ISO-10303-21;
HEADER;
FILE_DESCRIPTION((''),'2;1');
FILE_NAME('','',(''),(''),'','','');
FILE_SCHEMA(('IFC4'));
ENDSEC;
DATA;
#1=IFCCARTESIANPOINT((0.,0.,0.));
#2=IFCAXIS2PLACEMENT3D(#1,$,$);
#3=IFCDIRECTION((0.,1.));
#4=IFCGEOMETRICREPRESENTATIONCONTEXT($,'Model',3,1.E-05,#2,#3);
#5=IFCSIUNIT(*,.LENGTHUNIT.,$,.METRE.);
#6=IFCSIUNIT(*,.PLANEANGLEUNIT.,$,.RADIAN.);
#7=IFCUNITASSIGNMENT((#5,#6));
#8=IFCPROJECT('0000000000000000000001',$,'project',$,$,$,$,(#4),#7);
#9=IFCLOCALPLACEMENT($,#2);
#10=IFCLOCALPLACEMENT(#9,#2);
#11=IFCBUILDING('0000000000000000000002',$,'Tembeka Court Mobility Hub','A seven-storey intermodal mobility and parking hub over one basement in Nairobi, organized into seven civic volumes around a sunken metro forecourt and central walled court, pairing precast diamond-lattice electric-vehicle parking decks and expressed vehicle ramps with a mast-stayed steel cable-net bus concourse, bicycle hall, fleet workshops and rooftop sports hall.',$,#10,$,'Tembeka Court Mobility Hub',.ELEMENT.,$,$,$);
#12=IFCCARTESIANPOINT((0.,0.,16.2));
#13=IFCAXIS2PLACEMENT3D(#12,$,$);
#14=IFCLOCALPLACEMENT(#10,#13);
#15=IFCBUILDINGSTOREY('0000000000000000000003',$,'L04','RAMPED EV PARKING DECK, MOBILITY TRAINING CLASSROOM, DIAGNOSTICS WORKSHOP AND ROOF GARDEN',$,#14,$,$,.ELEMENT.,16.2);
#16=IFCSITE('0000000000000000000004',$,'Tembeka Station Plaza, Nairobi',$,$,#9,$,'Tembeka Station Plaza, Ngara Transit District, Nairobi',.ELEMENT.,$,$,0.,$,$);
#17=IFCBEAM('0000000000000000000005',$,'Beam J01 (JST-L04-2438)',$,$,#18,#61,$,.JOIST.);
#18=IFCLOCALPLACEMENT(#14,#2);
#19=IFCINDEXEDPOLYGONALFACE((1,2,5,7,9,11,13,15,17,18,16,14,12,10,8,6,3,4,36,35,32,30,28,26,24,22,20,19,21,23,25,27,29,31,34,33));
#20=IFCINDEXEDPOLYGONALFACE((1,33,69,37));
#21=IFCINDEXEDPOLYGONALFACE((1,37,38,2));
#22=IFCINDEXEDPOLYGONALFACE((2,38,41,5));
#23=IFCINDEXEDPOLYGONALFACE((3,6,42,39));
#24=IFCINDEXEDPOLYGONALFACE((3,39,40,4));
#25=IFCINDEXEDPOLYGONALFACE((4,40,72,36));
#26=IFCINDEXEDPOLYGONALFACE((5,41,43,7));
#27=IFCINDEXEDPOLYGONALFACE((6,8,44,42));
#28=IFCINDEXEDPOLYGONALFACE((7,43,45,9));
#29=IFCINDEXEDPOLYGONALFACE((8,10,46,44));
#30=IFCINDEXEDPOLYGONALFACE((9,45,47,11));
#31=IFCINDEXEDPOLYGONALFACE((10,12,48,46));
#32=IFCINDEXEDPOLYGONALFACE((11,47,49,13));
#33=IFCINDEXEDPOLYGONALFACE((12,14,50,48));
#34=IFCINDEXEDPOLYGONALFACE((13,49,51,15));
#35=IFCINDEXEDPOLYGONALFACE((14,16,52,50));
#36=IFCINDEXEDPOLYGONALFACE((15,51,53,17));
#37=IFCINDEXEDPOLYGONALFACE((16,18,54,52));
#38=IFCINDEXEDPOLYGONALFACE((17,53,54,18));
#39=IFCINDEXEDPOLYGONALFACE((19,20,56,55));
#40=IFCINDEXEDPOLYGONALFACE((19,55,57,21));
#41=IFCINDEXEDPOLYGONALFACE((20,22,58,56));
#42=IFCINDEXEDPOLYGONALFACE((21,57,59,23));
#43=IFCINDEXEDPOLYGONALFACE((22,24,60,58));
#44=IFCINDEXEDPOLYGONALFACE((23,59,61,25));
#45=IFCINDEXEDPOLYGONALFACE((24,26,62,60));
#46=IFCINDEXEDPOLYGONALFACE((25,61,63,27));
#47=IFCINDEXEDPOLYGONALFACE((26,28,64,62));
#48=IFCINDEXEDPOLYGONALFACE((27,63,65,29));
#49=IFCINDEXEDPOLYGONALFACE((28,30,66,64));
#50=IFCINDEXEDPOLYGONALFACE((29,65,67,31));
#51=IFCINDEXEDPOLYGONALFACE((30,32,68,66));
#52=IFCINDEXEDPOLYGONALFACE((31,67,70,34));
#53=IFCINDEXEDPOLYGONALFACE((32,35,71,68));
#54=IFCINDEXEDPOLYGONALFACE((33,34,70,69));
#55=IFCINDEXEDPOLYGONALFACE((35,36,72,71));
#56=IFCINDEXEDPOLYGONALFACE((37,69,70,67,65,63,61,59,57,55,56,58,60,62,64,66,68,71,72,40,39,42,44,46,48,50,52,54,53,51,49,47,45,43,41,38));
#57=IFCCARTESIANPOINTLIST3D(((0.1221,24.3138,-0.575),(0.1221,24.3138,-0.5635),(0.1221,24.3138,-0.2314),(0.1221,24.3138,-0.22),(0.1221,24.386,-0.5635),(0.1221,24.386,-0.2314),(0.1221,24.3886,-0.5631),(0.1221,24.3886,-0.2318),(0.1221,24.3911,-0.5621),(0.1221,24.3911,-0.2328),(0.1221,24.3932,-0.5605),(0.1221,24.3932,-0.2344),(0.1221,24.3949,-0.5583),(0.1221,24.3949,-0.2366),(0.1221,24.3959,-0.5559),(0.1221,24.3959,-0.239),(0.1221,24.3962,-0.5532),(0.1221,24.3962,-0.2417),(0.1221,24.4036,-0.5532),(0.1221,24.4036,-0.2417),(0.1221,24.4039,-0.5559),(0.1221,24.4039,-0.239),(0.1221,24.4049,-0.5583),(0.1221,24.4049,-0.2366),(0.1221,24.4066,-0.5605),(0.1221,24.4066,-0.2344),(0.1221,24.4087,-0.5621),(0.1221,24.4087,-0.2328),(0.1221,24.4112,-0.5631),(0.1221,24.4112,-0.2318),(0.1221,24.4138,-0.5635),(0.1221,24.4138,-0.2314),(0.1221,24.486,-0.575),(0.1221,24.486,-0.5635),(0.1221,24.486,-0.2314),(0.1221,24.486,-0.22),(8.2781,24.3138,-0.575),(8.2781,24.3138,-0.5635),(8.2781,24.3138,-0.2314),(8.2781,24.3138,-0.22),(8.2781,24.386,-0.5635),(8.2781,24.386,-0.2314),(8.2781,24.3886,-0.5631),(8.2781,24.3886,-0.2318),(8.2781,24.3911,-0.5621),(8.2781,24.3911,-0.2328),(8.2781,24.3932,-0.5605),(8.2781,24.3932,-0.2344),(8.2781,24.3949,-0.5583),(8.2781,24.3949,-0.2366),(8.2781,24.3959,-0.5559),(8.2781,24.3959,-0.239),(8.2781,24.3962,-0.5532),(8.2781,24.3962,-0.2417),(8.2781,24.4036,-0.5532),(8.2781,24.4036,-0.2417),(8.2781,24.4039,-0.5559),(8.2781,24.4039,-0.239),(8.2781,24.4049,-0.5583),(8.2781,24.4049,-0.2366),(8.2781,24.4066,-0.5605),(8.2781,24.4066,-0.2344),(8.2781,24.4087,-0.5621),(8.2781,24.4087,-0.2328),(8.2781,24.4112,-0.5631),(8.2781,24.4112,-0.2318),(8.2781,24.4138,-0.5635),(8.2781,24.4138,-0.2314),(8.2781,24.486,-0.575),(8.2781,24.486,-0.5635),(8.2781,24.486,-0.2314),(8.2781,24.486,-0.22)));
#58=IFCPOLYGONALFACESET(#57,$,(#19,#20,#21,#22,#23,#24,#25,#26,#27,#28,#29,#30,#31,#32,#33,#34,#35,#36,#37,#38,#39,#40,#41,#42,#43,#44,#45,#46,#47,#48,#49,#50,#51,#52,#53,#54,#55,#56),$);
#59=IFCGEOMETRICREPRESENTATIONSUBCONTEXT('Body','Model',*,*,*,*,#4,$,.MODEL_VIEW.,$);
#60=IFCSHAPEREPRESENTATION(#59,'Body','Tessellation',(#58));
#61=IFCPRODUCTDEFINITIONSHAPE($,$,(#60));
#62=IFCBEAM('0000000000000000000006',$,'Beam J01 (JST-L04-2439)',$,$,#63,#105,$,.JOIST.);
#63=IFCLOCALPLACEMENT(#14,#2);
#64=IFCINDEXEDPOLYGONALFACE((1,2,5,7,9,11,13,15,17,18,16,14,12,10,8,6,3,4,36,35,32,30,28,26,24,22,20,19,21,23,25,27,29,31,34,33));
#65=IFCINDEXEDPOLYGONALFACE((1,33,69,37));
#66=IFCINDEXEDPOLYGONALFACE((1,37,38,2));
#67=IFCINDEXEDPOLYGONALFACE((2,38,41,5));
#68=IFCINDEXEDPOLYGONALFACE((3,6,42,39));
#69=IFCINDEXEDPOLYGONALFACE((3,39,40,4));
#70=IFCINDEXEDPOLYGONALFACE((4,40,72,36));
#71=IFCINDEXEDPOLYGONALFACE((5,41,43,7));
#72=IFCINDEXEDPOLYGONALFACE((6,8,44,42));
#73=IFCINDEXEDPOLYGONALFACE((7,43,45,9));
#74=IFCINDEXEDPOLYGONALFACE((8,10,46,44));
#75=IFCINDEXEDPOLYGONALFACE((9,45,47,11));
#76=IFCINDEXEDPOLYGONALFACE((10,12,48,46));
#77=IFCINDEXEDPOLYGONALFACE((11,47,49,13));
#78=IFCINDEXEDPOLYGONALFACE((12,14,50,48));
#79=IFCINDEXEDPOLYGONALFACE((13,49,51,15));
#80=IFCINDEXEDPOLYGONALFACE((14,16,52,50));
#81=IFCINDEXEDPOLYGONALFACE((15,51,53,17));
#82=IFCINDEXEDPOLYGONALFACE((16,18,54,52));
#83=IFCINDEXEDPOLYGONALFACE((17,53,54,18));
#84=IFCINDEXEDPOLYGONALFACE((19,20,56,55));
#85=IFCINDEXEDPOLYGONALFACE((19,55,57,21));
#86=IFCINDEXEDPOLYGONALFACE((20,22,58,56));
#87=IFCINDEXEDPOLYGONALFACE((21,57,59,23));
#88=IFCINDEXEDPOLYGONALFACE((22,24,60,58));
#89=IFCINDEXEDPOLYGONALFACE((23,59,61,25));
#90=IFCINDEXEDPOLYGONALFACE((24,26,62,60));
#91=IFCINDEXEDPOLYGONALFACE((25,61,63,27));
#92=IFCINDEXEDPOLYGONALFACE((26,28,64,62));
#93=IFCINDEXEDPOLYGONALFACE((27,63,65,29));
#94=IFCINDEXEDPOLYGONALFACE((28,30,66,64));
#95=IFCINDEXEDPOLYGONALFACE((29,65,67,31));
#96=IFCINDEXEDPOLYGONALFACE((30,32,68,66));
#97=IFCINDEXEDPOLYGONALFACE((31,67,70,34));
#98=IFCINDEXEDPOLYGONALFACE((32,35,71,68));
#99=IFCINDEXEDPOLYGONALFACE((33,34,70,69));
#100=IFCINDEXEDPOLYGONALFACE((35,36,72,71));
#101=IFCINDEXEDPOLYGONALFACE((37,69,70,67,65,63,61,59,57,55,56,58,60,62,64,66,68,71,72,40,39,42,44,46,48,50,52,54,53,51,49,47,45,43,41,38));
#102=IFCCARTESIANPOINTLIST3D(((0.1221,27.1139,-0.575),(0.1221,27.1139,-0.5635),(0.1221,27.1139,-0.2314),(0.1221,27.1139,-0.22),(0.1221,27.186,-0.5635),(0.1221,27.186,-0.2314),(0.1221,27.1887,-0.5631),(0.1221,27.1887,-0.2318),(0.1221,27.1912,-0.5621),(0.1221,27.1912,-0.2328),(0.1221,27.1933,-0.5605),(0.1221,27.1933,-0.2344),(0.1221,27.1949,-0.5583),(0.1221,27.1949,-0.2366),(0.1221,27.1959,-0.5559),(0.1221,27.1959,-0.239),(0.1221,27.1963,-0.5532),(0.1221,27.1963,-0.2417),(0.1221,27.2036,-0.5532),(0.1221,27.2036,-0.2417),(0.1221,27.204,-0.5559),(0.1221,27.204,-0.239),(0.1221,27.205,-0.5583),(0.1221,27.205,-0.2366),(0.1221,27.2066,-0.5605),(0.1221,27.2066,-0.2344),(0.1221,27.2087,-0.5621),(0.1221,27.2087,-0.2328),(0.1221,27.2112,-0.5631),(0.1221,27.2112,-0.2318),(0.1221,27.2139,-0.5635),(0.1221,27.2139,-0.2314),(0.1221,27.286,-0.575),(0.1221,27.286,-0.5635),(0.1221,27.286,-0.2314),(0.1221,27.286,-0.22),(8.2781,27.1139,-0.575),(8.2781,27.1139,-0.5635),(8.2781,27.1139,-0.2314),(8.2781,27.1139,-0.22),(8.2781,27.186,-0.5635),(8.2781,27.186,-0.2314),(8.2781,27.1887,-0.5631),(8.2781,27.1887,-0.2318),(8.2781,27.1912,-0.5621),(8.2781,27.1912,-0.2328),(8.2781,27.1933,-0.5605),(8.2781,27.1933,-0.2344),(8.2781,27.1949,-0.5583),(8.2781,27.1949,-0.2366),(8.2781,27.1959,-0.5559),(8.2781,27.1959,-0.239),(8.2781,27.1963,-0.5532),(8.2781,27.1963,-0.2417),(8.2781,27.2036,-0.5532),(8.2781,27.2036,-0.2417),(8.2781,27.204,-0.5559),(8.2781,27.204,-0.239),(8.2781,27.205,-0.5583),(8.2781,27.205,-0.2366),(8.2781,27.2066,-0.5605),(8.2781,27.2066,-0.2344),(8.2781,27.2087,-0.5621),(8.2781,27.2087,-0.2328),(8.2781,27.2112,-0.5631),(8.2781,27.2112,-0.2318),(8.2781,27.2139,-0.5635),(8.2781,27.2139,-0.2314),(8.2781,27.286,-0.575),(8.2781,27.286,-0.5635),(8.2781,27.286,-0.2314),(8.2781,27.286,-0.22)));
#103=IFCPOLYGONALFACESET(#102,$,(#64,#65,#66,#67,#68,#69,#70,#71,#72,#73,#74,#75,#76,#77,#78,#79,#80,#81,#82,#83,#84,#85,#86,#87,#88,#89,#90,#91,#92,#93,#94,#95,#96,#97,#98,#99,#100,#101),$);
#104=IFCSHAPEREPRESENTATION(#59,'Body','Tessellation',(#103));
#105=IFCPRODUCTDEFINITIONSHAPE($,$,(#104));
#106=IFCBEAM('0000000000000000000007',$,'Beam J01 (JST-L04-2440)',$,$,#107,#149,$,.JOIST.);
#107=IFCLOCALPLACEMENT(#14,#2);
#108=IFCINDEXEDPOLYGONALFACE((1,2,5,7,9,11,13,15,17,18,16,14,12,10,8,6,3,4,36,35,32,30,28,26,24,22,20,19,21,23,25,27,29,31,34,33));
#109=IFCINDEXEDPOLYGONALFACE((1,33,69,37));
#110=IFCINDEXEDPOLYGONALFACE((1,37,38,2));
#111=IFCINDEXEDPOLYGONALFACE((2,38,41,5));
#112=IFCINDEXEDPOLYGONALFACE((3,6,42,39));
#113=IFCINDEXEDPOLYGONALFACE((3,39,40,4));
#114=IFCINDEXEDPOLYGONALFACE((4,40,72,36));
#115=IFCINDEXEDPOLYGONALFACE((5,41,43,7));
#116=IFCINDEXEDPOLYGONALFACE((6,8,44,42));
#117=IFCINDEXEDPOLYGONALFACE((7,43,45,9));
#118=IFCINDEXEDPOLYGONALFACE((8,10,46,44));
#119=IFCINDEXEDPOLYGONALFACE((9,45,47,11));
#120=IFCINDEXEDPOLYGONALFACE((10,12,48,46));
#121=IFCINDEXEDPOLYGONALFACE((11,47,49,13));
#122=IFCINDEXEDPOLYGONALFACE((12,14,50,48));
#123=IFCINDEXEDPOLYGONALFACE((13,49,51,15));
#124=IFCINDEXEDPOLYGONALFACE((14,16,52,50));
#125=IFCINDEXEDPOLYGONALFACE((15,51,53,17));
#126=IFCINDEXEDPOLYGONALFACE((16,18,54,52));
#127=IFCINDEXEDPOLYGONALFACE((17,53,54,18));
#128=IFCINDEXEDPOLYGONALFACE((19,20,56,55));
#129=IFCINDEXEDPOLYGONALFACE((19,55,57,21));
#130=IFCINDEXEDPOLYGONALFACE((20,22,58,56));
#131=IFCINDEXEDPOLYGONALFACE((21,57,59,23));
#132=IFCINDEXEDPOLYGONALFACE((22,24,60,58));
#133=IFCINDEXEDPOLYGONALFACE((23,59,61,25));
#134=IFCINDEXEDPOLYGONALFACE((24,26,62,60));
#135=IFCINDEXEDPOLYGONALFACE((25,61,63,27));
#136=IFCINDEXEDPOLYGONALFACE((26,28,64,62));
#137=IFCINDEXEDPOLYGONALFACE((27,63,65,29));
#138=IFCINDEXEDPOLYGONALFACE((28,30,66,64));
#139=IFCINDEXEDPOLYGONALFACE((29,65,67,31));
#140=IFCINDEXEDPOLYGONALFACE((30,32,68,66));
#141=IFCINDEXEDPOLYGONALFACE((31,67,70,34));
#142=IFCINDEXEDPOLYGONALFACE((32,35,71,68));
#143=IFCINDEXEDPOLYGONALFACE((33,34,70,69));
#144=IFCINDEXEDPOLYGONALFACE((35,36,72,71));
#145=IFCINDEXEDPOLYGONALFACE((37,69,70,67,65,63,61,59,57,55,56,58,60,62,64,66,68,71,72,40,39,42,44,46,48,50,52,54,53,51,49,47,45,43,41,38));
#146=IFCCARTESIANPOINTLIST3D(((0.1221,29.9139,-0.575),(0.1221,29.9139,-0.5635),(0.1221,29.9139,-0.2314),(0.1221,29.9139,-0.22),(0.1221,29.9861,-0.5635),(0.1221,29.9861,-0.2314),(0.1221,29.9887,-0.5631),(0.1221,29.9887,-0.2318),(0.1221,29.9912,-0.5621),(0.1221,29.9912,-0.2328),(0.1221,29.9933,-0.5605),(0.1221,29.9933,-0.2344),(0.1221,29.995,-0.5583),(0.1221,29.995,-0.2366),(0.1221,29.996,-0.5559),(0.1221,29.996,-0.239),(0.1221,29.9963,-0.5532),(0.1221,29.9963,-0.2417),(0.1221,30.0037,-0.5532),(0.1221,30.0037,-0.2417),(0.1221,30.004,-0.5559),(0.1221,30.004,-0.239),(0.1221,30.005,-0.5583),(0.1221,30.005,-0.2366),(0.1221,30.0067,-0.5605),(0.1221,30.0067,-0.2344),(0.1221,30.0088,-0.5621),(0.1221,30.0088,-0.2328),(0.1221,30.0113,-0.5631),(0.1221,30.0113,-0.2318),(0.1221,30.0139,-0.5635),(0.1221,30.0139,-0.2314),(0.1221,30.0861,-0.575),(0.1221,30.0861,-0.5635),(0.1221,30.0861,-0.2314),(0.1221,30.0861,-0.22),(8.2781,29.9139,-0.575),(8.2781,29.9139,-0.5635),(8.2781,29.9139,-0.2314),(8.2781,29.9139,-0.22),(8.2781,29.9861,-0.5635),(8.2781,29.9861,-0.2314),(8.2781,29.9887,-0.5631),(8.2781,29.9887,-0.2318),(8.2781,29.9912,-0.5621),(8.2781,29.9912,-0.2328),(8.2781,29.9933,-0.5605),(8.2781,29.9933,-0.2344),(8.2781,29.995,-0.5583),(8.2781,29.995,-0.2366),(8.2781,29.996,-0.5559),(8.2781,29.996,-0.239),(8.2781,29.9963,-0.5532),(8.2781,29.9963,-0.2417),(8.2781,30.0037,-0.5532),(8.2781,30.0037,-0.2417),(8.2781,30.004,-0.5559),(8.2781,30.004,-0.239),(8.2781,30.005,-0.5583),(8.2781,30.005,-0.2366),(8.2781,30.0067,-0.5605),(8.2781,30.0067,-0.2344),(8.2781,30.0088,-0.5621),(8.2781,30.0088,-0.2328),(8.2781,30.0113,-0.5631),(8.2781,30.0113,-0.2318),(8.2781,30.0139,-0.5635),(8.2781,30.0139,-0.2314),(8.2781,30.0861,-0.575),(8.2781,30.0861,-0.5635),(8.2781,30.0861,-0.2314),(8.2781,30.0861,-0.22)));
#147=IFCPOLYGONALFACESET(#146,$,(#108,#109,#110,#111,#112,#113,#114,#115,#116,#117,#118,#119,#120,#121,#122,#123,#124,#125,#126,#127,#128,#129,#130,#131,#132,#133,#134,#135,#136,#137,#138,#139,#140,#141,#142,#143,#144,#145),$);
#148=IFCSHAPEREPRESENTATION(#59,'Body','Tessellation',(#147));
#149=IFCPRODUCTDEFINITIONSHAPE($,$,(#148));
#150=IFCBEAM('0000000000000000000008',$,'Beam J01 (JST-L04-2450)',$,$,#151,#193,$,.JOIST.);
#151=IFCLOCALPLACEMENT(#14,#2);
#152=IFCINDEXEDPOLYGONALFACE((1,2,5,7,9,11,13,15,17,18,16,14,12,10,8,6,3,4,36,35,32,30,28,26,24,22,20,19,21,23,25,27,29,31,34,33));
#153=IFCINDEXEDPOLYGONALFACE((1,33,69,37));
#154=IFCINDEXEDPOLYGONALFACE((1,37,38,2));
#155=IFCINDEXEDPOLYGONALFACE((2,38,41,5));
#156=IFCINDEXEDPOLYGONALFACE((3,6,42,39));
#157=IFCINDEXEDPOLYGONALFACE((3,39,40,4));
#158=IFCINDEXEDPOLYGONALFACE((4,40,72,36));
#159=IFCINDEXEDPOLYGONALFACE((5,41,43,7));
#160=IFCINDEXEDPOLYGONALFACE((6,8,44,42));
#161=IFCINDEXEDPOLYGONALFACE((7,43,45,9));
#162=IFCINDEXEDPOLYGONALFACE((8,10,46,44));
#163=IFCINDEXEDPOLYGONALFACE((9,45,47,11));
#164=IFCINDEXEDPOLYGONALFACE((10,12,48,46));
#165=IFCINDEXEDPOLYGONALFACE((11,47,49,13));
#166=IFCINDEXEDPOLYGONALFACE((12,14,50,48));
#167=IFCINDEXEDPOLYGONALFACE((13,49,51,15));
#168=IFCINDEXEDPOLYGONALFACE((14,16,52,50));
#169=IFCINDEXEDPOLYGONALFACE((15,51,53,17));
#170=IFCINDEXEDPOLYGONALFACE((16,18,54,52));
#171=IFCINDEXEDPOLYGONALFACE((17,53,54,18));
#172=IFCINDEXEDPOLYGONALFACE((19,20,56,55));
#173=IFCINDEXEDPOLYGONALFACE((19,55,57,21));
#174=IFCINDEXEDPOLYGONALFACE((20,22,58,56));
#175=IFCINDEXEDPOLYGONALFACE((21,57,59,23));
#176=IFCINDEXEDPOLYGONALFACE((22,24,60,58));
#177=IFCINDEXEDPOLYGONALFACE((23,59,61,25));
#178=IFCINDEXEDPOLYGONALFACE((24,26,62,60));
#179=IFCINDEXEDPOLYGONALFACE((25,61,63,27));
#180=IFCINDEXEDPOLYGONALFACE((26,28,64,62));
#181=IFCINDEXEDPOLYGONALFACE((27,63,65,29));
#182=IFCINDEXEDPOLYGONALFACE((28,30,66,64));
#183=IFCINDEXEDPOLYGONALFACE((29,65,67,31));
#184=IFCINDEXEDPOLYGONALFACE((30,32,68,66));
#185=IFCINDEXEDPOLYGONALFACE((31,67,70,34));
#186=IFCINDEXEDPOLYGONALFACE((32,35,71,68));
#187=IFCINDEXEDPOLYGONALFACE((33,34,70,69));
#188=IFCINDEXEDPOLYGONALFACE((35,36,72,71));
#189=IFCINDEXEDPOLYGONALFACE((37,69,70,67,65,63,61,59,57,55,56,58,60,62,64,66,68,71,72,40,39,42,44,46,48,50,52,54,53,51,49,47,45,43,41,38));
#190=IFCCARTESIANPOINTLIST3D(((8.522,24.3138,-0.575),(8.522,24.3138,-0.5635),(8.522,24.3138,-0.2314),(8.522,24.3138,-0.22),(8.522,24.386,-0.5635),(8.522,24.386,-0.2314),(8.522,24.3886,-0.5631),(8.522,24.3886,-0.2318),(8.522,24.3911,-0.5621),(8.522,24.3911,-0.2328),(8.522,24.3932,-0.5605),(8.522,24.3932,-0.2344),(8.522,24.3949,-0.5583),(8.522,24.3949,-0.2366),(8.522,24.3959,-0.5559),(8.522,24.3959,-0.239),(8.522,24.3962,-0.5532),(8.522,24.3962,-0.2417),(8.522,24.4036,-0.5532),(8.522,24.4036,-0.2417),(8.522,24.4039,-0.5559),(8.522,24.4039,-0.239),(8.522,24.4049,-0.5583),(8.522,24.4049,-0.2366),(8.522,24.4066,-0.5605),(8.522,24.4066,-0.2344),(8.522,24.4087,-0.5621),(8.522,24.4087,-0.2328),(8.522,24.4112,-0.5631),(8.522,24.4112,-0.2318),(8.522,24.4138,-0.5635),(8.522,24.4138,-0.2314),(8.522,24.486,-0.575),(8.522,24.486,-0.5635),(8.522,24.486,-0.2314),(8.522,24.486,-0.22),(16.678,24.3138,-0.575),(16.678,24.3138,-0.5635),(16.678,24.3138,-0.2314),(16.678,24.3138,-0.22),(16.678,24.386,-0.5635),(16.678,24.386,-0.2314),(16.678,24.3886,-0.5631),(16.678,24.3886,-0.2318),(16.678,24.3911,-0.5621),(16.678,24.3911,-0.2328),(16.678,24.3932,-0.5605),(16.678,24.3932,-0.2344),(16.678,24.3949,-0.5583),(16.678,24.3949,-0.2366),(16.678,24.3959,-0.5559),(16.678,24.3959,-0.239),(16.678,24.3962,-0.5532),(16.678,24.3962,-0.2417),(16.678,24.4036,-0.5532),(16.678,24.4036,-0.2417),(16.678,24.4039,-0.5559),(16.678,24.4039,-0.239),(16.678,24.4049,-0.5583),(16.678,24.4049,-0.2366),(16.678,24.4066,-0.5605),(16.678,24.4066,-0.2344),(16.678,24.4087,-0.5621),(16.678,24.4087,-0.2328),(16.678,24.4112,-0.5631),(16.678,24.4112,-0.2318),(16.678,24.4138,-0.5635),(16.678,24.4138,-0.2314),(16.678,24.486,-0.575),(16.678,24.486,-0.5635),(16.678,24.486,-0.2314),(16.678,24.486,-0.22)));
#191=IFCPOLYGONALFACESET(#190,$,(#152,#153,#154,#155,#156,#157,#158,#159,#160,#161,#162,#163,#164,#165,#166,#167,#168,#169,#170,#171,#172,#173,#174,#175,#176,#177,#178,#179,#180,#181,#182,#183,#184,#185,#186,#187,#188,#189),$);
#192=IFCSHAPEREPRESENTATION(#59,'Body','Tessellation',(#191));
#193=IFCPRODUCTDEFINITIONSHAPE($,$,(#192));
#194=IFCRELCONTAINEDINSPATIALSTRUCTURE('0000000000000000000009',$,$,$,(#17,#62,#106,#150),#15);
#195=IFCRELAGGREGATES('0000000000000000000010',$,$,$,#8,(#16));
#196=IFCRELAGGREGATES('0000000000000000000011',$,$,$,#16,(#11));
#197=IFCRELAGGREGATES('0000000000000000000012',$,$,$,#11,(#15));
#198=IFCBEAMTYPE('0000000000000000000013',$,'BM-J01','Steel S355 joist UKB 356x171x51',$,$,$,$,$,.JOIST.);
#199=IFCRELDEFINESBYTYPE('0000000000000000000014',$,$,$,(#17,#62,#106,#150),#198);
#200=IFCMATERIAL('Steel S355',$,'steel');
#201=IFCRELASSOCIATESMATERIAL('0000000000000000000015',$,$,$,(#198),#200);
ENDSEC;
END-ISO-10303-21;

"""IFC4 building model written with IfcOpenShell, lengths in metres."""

from ifc_helpers import new_model, si_unit, direction, frame, origin, origin_2d, place, context, subcontext, project, spatial, i_section, extrude, material, material_profile, profile_set, type_object, element, save


model = new_model("IFC4")

# Units and contexts
model_context = context("Model", 3, precision=1e-05, world=origin(), true_north=direction((0.0, 1.0)))
body_context = subcontext(model_context, "Body", "Model", "MODEL_VIEW")
ifc_project = project(units=[si_unit("LENGTHUNIT", "METRE"), si_unit("PLANEANGLEUNIT", "RADIAN")], contexts=[model_context])

# Site, building, storey
site_placement = place(None, origin())
site = spatial("IfcSite", under=ifc_project, at=site_placement, Name="Tembeka Station Plaza, Nairobi", LongName="Tembeka Station Plaza, Ngara Transit District, Nairobi", CompositionType="ELEMENT", RefElevation=0.0)
building_placement = place(site_placement, origin())
building = spatial("IfcBuilding", under=site, at=building_placement, Name="Tembeka Court Mobility Hub", Description="A seven-storey intermodal mobility and parking hub over one basement in Nairobi, organized into seven civic volumes around a sunken metro forecourt and central walled court, pairing precast diamond-lattice electric-vehicle parking decks and expressed vehicle ramps with a mast-stayed steel cable-net bus concourse, bicycle hall, fleet workshops and rooftop sports hall.", LongName="Tembeka Court Mobility Hub", CompositionType="ELEMENT")
storey_placement = place(building_placement, frame((0.0, 0.0, 16.2)))
storey = spatial("IfcBuildingStorey", under=building, at=storey_placement, Name="L04", Description="RAMPED EV PARKING DECK, MOBILITY TRAINING CLASSROOM, DIAGNOSTICS WORKSHOP AND ROOF GARDEN", CompositionType="ELEMENT", Elevation=16.2)

# Shared definitions
ifc_material_1 = material(Name="Steel S355", Category="steel")

# Beams
ifc_material_profile_1 = material_profile(ifc_material_1, i_section(OverallWidth=0.1721, OverallDepth=0.355, WebThickness=0.0073, FlangeThickness=0.0115, FilletRadius=0.0103, at=origin_2d()), Name="UKB 356x171x51")
ifc_profile_set_1 = profile_set([ifc_material_profile_1], Name="Steel S355")
beam_type_1 = type_object("IfcBeamType", Name="BM-J01", Description="Steel S355 joist UKB 356x171x51", PredefinedType="JOIST", material=ifc_profile_set_1)
for number, where, z_axis, x_axis, name in (
    (1, (0.1221, 24.3999, -0.3975), (1.0, 0.0, 0.0), (0.0, 1.0, 0.0), "Beam J01 (JST-L04-2438)"),
    (2, (0.1221, 27.2, -0.3975), (1.0, 0.0, 0.0), (0.0, 1.0, 0.0), "Beam J01 (JST-L04-2439)"),
    (3, (0.1221, 30.0, -0.3975), (1.0, 0.0, 0.0), (0.0, 1.0, 0.0), "Beam J01 (JST-L04-2440)"),
    (4, (8.522, 24.3999, -0.3975), (1.0, 0.0, 0.0), (0.0, 1.0, 0.0), "Beam J01 (JST-L04-2450)"),
):
    element("IfcBeam", number, at=place(storey_placement, frame(where, z_axis=z_axis, x_axis=x_axis)), inside=storey, type_object=beam_type_1, Name=name, PredefinedType="JOIST", context=body_context, shape_type="SweptSolid", body=[
        extrude(i_section(OverallWidth=0.1721, OverallDepth=0.355, WebThickness=0.0073, FlangeThickness=0.0115, FilletRadius=0.0103, at=origin_2d()), origin(), (0.0, 0.0, 1.0), 8.156),
    ])

save(model, "model.ifc")
